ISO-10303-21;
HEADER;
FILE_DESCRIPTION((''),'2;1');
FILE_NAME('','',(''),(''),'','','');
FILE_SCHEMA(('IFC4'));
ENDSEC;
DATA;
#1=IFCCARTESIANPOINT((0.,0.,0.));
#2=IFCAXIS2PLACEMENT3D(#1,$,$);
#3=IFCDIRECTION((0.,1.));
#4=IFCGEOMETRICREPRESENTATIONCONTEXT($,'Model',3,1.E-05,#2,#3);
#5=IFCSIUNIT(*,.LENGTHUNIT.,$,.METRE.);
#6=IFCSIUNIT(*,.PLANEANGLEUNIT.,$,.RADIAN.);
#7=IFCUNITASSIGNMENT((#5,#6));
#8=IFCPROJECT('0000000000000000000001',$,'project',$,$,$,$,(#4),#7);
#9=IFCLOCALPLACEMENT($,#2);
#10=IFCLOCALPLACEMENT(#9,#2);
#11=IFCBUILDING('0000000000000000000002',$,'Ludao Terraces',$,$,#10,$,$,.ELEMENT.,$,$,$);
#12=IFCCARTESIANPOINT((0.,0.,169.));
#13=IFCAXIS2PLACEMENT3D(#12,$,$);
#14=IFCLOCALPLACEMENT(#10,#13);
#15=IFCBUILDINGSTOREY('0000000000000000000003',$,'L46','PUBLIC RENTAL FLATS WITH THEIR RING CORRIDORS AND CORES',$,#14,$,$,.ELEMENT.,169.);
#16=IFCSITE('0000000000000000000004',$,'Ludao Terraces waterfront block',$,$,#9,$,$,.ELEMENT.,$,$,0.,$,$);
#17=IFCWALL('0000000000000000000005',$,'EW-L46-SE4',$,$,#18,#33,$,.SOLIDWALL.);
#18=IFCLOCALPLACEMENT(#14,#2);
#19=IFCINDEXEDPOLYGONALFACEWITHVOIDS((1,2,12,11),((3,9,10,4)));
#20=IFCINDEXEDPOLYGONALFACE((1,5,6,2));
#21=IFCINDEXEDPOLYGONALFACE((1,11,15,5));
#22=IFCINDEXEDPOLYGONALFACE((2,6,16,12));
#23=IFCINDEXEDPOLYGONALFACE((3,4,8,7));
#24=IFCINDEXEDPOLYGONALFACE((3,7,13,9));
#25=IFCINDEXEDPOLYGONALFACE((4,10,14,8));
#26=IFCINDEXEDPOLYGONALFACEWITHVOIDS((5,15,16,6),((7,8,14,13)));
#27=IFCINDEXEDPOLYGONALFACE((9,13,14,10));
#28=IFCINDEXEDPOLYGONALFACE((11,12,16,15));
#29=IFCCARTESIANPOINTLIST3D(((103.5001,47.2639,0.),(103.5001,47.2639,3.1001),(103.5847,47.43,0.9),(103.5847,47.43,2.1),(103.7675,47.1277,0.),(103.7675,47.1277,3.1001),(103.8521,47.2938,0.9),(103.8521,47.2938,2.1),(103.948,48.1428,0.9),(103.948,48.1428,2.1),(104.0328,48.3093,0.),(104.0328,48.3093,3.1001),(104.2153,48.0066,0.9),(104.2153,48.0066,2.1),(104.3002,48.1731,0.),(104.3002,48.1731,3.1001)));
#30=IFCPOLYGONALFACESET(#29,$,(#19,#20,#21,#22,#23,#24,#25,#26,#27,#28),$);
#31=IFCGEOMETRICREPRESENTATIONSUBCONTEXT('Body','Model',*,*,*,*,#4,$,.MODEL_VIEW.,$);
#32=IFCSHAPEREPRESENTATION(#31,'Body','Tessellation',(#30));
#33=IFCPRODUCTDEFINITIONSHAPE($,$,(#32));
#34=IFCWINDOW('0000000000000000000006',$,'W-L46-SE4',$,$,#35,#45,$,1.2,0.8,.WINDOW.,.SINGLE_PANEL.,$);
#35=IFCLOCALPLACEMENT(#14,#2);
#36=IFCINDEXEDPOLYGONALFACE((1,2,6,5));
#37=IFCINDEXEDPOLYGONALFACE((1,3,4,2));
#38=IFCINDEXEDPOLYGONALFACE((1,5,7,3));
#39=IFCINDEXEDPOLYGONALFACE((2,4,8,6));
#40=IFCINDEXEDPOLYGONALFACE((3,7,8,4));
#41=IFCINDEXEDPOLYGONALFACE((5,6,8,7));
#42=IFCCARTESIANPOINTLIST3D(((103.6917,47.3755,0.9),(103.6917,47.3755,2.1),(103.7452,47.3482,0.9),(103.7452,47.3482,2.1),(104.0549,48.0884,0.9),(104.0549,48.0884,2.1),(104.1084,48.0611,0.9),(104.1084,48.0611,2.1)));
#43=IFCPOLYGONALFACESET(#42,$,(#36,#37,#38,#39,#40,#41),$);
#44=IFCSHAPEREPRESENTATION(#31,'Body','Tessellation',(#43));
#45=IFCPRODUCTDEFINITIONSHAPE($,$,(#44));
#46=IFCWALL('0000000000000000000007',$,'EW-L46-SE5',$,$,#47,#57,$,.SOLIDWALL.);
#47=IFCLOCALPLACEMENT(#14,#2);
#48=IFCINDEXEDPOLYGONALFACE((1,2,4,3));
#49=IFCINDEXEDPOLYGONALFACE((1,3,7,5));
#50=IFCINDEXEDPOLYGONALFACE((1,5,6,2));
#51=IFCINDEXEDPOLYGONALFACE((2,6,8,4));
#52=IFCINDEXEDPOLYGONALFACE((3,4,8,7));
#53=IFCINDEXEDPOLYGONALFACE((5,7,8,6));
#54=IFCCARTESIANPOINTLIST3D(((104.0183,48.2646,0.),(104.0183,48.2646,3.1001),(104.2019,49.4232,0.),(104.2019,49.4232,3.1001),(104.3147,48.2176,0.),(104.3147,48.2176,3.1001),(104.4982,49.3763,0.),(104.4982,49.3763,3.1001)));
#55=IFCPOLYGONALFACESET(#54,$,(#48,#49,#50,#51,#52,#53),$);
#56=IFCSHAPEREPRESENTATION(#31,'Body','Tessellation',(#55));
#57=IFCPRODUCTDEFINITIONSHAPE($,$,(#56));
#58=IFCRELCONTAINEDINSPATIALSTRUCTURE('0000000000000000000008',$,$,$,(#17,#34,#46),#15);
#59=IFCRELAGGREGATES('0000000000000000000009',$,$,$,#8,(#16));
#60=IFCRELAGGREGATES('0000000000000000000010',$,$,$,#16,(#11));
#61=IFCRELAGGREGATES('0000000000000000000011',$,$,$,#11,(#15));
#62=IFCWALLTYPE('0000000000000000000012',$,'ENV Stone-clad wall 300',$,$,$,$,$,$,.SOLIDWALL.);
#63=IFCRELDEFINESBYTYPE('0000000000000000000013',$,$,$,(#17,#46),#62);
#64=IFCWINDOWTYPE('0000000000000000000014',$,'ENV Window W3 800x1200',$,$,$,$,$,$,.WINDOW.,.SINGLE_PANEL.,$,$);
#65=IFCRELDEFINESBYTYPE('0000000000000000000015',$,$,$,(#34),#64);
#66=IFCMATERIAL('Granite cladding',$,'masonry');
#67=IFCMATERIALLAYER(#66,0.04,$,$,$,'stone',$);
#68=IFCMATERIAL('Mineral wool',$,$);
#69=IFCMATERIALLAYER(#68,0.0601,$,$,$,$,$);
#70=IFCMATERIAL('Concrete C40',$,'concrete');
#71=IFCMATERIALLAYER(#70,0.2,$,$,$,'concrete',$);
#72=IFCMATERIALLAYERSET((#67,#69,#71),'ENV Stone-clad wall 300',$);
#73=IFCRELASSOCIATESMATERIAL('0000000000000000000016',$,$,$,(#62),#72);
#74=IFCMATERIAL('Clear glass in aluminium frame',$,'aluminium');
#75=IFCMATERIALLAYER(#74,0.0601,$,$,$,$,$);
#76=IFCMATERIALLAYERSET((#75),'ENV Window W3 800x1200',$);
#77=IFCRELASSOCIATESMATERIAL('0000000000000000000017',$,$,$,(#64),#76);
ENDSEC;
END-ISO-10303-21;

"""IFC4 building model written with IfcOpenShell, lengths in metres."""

from ifc_helpers import new_model, si_unit, direction, frame, frame_2d, origin, place, context, subcontext, project, spatial, rectangle, extrude, material, layer, layer_set, type_object, element, fill, save


model = new_model("IFC4")

# Units and contexts
model_context = context("Model", 3, precision=1e-05, world=origin(), true_north=direction((0.0, 1.0)))
body_context = subcontext(model_context, "Body", "Model", "MODEL_VIEW")
ifc_project = project(units=[si_unit("LENGTHUNIT", "METRE"), si_unit("PLANEANGLEUNIT", "RADIAN")], contexts=[model_context])

# Site, building, storey
site_placement = place(None, origin())
site = spatial("IfcSite", under=ifc_project, at=site_placement, Name="Ludao Terraces waterfront block", CompositionType="ELEMENT", RefElevation=0.0)
building_placement = place(site_placement, origin())
building = spatial("IfcBuilding", under=site, at=building_placement, Name="Ludao Terraces", CompositionType="ELEMENT")
storey_placement = place(building_placement, frame((0.0, 0.0, 169.0)))
storey = spatial("IfcBuildingStorey", under=building, at=storey_placement, Name="L46", Description="PUBLIC RENTAL FLATS WITH THEIR RING CORRIDORS AND CORES", CompositionType="ELEMENT", Elevation=169.0)

# Shared definitions
ifc_material_1 = material(Name="Concrete C40", Category="concrete")

# Wall, opening, window
ifc_material_2 = material(Name="Granite cladding", Category="masonry")
ifc_layer_1 = layer(ifc_material_2, 0.04, Category="stone")
ifc_material_3 = material(Name="Mineral wool")
ifc_layer_2 = layer(ifc_material_3, 0.0601)
ifc_layer_3 = layer(ifc_material_1, 0.2, Category="concrete")
ifc_layer_set_1 = layer_set([ifc_layer_1, ifc_layer_2, ifc_layer_3], Name="ENV Stone-clad wall 300")
wall_type = type_object("IfcWallType", Name="ENV Stone-clad wall 300", PredefinedType="SOLIDWALL", material=ifc_layer_set_1)
ifc_material_4 = material(Name="Clear glass in aluminium frame", Category="aluminium")
ifc_layer_4 = layer(ifc_material_4, 0.0601)
ifc_layer_set_2 = layer_set([ifc_layer_4], Name="ENV Window W3 800x1200")
window_type_1 = type_object("IfcWindowType", Name="ENV Window W3 800x1200", PartitioningType="SINGLE_PANEL", PredefinedType="WINDOW", material=ifc_layer_set_2)
wall_1_placement = place(storey_placement, frame((103.6338, 47.1958, 0.0), z_axis=(0.0, 0.0, 1.0), x_axis=(0.454026, 0.890989, 0.0)))
wall_1 = element("IfcWall", 1, at=wall_1_placement, inside=storey, type_object=wall_type, Name="EW-L46-SE4", PredefinedType="SOLIDWALL", context=body_context, shape_type="SweptSolid", body=[
    extrude(rectangle(XDim=1.1733, YDim=0.3, at=frame_2d((0.5867, 0.0))), origin(), (0.0, 0.0, 1.0), 3.1001),
])
opening_1_placement = place(wall_1_placement, frame((0.1865, 0.0, 0.8999)))
opening_1 = element("IfcOpeningElement", 2, at=opening_1_placement, cuts=wall_1, PredefinedType="OPENING", context=body_context, shape_type="SweptSolid", body=[
    extrude(rectangle(XDim=0.8, YDim=1.2, at=frame_2d((0.3999, 0.6001))), frame((0.0, 0.1602, 0.0), z_axis=(0.0, -1.0, 0.0), x_axis=(1.0, 0.0, 0.0)), (0.0, 0.0, 1.0), 0.3201),
])
window_1_placement = place(opening_1_placement, origin())
window_1 = element("IfcWindow", 3, at=window_1_placement, inside=storey, type_object=window_type_1, Name="W-L46-SE4", OverallHeight=1.2, OverallWidth=0.8, PartitioningType="SINGLE_PANEL", PredefinedType="WINDOW", context=body_context, shape_type="SweptSolid", body=[
    extrude(rectangle(XDim=0.8, YDim=1.2, at=frame_2d((0.3999, 0.6001))), frame((0.0, 0.03, 0.0), z_axis=(0.0, -1.0, 0.0), x_axis=(1.0, 0.0, 0.0)), (0.0, 0.0, 1.0), 0.0601),
])
fill(opening_1, window_1)

# Wall
wall_2_placement = place(storey_placement, frame((104.1665, 48.2412, 0.0), z_axis=(0.0, 0.0, 1.0), x_axis=(0.156497, 0.987678, 0.0)))
element("IfcWall", 4, at=wall_2_placement, inside=storey, type_object=wall_type, Name="EW-L46-SE5", PredefinedType="SOLIDWALL", context=body_context, shape_type="SweptSolid", body=[
    extrude(rectangle(XDim=1.1731, YDim=0.3, at=frame_2d((0.5864, 0.0))), origin(), (0.0, 0.0, 1.0), 3.1001),
])

save(model, "model.ifc")
